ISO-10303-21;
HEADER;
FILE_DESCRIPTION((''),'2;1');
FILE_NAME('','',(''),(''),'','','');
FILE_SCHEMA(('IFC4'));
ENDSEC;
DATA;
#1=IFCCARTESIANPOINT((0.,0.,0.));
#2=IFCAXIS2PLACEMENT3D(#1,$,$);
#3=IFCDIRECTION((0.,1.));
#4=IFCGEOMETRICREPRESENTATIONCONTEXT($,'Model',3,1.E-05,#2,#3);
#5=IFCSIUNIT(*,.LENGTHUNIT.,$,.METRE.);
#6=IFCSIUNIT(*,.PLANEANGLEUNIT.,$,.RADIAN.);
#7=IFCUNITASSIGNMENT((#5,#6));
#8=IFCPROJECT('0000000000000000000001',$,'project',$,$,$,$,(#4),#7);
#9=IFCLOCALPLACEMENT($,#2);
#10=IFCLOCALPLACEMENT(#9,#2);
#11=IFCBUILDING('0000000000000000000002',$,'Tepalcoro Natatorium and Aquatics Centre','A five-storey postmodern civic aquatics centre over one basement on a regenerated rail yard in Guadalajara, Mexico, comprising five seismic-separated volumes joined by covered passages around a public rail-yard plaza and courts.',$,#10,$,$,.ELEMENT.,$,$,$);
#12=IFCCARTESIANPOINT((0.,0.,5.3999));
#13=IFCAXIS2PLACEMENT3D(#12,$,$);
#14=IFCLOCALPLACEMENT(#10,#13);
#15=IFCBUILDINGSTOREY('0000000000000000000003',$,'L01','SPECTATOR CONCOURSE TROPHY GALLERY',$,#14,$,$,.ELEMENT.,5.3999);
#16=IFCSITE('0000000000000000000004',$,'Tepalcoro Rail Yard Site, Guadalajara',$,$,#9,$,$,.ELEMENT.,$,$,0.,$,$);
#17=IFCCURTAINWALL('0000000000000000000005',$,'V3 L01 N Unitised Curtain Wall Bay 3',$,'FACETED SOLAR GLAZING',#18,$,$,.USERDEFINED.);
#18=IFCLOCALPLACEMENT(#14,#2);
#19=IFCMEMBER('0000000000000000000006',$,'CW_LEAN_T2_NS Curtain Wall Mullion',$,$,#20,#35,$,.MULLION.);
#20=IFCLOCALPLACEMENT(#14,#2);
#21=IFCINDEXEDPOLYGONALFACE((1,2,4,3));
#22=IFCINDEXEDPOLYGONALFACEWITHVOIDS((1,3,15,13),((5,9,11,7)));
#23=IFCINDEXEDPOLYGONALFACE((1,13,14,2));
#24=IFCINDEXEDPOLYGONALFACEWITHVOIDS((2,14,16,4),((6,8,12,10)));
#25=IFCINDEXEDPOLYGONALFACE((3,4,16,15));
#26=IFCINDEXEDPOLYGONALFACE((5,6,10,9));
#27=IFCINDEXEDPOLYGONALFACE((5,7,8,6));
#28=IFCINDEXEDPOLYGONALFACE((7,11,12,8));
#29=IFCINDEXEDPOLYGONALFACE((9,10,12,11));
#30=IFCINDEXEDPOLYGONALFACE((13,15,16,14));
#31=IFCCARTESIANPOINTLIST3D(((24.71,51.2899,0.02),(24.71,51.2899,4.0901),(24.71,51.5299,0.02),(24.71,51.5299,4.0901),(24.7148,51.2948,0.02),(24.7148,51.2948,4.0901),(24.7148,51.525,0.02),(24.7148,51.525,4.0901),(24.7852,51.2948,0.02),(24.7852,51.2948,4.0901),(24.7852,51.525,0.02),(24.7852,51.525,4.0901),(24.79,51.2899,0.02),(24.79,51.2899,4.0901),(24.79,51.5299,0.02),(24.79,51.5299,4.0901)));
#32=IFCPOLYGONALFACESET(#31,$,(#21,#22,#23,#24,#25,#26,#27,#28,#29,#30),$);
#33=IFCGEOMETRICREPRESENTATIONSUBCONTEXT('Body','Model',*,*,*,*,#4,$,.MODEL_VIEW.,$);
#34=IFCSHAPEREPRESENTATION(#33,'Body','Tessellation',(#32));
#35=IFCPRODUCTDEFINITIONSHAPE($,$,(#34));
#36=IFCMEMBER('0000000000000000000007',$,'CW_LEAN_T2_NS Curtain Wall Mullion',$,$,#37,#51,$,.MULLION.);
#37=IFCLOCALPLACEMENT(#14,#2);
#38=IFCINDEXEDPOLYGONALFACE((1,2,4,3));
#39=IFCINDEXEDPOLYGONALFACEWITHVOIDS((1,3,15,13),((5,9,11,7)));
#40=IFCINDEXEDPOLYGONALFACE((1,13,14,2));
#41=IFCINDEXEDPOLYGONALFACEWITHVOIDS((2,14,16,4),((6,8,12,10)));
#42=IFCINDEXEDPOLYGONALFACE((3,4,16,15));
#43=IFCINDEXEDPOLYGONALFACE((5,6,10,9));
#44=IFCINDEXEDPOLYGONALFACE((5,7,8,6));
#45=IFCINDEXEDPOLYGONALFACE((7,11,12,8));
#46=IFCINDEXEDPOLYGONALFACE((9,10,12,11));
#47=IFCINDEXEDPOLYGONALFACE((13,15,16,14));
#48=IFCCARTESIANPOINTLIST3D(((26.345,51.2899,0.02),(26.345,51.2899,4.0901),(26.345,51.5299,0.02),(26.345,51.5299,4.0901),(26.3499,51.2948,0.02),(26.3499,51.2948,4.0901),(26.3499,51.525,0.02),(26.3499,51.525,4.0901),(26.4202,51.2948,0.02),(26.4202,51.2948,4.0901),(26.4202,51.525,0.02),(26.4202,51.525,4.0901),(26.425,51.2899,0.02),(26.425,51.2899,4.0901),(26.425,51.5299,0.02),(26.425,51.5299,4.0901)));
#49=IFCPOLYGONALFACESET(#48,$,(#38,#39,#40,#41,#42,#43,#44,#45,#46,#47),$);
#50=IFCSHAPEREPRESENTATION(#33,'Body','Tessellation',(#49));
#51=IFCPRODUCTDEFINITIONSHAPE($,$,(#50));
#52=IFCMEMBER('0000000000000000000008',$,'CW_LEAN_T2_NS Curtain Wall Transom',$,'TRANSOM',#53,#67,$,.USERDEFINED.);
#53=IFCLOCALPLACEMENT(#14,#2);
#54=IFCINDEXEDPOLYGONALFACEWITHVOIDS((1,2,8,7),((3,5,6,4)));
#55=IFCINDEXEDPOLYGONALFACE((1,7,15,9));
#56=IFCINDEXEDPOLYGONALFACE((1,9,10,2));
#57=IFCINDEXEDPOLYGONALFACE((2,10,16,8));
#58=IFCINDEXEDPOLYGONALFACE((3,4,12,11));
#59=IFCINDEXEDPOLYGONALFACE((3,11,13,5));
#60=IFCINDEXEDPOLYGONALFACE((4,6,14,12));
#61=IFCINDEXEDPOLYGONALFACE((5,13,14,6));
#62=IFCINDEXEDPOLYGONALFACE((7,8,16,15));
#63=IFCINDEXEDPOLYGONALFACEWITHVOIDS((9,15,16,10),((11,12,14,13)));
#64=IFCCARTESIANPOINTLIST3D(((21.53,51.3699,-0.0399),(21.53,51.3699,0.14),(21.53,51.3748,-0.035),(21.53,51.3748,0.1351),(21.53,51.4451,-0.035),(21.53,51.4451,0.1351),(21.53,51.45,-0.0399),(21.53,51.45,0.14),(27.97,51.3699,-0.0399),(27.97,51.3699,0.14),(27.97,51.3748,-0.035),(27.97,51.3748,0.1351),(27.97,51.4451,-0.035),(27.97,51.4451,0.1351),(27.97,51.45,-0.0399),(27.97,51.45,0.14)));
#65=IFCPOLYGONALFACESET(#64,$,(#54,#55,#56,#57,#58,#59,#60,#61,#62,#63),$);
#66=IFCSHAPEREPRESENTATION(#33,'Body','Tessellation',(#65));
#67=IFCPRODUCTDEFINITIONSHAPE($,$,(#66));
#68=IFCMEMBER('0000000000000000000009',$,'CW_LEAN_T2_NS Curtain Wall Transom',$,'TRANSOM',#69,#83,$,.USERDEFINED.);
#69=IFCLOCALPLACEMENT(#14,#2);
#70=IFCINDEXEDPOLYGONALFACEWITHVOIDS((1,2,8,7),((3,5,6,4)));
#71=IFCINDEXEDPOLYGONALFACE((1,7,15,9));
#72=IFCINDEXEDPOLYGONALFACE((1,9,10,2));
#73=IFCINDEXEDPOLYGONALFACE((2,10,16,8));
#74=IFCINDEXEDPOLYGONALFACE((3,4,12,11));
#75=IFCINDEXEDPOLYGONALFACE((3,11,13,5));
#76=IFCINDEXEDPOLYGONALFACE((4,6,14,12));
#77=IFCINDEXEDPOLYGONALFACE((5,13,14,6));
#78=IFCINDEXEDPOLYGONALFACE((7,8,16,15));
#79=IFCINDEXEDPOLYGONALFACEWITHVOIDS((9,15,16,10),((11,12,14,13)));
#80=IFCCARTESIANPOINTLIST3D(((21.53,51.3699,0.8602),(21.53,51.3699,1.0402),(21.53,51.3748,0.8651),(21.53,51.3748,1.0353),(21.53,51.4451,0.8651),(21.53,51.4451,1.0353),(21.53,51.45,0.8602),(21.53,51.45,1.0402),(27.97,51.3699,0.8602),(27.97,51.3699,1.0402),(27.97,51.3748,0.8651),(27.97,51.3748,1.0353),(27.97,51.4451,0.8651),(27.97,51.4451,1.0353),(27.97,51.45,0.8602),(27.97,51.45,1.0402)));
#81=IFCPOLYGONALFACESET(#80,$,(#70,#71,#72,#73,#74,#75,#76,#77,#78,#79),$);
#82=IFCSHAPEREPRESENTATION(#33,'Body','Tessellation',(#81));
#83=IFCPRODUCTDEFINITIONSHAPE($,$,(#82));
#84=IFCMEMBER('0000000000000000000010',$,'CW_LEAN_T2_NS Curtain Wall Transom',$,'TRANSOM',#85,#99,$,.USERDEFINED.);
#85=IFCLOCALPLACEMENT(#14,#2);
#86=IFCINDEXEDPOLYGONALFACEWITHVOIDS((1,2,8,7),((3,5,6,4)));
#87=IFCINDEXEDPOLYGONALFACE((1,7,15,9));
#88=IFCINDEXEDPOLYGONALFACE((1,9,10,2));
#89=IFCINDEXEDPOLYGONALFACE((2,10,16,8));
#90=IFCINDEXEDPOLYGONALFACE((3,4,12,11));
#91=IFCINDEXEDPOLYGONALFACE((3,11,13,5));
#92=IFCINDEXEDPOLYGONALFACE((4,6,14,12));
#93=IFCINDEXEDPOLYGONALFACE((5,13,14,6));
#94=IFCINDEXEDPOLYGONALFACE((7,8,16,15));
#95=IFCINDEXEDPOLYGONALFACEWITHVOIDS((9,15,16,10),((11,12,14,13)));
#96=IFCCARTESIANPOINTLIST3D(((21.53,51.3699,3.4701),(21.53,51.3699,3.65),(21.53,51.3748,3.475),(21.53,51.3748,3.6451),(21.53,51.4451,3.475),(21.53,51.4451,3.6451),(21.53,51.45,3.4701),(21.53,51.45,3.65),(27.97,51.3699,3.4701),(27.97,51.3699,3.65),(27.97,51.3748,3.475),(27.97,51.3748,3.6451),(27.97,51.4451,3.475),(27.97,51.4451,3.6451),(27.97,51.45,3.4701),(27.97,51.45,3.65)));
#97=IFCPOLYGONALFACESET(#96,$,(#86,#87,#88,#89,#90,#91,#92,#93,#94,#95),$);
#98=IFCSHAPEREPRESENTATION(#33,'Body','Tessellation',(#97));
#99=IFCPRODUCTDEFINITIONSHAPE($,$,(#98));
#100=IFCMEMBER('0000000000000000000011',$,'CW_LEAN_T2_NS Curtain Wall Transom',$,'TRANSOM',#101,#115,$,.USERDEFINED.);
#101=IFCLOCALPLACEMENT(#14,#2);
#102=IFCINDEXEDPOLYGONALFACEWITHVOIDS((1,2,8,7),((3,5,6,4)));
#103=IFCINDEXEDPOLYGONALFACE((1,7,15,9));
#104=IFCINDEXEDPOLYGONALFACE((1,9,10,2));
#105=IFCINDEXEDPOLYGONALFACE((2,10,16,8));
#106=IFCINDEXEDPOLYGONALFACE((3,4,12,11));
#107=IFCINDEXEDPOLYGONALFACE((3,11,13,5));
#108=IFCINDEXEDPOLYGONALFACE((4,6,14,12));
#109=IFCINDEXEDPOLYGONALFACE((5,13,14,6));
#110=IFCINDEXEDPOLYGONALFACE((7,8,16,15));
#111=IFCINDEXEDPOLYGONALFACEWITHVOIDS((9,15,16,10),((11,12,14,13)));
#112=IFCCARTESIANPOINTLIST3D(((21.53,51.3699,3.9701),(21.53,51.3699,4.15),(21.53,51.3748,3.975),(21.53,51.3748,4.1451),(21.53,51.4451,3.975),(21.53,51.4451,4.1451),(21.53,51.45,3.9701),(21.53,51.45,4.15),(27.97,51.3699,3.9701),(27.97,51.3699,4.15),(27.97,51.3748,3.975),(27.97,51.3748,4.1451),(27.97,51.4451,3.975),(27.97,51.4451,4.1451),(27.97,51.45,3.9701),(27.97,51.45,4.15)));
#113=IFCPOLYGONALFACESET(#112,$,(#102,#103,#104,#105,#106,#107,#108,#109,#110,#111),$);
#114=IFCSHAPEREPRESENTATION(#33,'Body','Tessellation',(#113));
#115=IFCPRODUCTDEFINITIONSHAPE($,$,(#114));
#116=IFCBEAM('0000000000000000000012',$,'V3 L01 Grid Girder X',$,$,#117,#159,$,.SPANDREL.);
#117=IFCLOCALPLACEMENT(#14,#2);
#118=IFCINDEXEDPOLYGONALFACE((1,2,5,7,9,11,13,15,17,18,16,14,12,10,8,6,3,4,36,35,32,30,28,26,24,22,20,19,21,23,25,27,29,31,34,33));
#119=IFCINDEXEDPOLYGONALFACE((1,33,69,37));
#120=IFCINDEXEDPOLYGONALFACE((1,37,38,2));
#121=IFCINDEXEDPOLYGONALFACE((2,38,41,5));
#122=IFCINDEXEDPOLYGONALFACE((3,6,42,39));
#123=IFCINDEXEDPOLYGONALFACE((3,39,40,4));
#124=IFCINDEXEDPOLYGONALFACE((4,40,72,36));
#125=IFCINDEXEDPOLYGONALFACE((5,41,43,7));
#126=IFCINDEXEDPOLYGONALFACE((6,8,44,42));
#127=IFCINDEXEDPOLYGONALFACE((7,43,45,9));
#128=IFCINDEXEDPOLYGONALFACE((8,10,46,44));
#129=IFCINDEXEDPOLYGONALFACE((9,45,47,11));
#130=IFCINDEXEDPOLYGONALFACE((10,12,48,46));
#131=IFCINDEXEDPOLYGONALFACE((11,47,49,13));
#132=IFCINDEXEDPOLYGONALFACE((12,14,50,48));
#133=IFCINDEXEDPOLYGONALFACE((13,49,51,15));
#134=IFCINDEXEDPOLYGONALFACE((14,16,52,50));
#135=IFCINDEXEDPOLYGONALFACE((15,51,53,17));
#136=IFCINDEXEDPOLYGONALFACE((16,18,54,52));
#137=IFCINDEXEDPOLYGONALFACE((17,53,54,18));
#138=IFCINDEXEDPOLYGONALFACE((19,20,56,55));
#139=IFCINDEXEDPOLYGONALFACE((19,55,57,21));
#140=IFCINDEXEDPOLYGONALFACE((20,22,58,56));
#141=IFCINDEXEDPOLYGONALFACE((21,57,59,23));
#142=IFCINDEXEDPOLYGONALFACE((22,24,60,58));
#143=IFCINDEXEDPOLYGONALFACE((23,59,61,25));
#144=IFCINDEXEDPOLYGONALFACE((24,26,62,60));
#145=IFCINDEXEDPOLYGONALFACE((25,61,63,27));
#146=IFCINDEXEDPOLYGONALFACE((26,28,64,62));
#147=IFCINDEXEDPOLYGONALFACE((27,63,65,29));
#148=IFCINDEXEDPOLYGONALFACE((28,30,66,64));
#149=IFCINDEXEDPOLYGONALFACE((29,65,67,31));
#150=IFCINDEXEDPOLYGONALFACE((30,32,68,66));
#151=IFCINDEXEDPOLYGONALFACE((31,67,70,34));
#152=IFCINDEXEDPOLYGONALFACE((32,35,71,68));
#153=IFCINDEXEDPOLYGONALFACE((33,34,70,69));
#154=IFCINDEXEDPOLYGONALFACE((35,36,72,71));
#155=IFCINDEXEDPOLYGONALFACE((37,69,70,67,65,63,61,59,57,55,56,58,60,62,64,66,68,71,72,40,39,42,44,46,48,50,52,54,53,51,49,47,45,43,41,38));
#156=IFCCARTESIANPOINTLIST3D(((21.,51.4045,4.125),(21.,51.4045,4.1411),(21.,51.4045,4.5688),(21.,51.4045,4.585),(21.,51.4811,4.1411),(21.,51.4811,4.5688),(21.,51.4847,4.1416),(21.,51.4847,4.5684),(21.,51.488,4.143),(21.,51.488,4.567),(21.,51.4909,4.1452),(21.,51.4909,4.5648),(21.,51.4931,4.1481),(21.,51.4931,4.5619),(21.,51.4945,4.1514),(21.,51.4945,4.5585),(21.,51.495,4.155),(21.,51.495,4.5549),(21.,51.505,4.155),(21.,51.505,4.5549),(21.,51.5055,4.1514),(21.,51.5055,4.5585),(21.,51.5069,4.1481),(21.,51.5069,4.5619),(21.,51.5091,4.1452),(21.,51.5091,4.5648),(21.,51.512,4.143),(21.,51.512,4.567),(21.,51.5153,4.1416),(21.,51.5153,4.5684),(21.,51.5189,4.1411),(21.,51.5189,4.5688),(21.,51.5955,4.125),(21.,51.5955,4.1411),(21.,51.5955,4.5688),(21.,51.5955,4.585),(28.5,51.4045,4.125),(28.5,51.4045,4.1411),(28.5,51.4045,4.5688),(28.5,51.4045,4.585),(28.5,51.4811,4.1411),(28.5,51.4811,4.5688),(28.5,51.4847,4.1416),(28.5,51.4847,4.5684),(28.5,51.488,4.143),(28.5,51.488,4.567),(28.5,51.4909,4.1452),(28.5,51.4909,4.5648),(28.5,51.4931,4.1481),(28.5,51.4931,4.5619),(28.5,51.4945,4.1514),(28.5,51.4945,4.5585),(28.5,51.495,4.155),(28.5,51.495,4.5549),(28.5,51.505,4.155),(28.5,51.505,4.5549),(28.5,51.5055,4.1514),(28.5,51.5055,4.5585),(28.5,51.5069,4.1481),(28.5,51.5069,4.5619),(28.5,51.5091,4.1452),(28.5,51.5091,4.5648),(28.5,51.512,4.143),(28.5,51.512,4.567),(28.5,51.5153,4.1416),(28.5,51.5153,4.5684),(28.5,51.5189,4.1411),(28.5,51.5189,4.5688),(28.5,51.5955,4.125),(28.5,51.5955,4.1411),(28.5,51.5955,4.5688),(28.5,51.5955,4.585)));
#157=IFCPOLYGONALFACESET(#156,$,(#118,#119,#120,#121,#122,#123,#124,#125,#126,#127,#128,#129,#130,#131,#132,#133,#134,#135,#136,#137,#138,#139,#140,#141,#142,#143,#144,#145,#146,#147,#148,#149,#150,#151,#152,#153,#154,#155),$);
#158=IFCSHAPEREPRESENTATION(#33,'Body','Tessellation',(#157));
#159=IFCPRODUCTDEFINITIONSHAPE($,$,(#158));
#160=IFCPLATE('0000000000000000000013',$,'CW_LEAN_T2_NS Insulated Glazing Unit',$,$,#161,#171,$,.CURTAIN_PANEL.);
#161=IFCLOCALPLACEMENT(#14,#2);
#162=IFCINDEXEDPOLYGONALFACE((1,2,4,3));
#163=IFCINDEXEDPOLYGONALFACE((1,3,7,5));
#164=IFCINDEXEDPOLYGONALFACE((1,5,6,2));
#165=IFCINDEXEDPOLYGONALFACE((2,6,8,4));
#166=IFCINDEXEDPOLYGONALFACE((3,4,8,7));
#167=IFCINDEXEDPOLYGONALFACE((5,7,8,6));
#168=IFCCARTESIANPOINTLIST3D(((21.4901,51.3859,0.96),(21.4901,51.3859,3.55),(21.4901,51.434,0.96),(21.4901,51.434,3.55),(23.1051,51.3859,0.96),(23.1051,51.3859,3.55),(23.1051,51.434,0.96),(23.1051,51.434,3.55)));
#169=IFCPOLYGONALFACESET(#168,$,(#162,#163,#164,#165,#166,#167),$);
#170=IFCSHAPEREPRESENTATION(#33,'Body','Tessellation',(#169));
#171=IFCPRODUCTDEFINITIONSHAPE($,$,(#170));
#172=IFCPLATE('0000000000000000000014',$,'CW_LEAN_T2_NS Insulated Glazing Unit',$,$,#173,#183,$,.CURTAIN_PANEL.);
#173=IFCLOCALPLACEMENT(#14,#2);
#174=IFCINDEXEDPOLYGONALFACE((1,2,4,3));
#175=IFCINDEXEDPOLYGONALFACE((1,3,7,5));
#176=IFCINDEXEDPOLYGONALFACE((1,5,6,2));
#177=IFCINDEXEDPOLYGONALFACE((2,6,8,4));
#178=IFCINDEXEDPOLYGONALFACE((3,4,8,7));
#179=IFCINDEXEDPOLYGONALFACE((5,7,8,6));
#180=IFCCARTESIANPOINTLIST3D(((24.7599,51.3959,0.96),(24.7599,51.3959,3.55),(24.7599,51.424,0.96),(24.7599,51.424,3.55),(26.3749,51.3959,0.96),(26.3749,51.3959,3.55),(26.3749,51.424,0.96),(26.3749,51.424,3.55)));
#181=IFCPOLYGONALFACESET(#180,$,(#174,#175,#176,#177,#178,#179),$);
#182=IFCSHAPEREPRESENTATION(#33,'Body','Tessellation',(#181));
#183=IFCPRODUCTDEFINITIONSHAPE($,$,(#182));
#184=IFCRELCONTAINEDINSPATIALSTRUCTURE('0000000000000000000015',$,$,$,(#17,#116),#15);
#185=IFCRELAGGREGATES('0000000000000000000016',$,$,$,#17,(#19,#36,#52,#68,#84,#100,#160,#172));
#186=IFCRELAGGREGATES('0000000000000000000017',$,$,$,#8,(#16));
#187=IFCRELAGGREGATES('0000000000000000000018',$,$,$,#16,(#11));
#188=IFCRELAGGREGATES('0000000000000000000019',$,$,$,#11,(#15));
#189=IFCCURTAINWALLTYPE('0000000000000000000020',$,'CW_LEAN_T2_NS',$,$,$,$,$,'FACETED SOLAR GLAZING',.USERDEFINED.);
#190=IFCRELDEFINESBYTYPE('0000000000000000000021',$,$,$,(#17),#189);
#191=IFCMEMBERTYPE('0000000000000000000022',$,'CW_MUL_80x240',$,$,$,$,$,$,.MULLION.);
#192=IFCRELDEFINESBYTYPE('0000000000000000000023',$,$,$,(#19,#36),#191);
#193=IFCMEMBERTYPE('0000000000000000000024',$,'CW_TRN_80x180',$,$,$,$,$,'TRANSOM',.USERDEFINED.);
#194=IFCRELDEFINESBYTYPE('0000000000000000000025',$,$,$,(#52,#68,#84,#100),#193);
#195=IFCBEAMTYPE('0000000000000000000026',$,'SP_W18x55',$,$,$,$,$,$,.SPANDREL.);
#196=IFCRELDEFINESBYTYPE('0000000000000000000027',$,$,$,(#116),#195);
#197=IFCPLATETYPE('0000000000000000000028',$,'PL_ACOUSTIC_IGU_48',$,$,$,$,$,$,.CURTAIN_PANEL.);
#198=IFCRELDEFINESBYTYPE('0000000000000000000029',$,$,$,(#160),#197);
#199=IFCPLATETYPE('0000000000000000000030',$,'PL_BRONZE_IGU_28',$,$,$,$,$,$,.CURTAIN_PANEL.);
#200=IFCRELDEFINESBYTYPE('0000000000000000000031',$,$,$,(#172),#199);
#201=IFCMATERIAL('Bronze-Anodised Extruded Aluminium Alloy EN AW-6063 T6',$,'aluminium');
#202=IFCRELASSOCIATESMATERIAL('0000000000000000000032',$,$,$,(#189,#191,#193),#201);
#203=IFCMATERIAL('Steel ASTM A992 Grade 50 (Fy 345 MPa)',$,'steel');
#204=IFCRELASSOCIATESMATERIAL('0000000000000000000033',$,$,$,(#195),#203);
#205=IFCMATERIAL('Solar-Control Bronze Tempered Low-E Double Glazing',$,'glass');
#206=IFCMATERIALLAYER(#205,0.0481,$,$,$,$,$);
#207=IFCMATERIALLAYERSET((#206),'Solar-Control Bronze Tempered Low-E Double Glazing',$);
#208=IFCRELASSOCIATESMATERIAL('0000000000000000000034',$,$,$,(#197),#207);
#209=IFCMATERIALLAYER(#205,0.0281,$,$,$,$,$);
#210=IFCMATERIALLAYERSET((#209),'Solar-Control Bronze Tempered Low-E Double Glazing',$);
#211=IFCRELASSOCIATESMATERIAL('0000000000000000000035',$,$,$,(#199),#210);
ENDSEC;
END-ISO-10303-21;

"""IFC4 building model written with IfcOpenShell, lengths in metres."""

from ifc_helpers import new_model, si_unit, direction, frame, origin, origin_2d, place, context, subcontext, project, spatial, rectangle, hollow_rectangle, i_section, extrude, material, layer, layer_set, material_profile, profile_set, type_object, element, aggregate, save


model = new_model("IFC4")

# Units and contexts
model_context = context("Model", 3, precision=1e-05, world=origin(), true_north=direction((0.0, 1.0)))
body_context = subcontext(model_context, "Body", "Model", "MODEL_VIEW")
ifc_project = project(units=[si_unit("LENGTHUNIT", "METRE"), si_unit("PLANEANGLEUNIT", "RADIAN")], contexts=[model_context])

# Site, building, storey
site_placement = place(None, origin())
site = spatial("IfcSite", under=ifc_project, at=site_placement, Name="Tepalcoro Rail Yard Site, Guadalajara", CompositionType="ELEMENT", RefElevation=0.0)
building_placement = place(site_placement, origin())
building = spatial("IfcBuilding", under=site, at=building_placement, Name="Tepalcoro Natatorium and Aquatics Centre", Description="A five-storey postmodern civic aquatics centre over one basement on a regenerated rail yard in Guadalajara, Mexico, comprising five seismic-separated volumes joined by covered passages around a public rail-yard plaza and courts.", CompositionType="ELEMENT")
storey_placement = place(building_placement, frame((0.0, 0.0, 5.3999)))
storey = spatial("IfcBuildingStorey", under=building, at=storey_placement, Name="L01", Description="SPECTATOR CONCOURSE TROPHY GALLERY", CompositionType="ELEMENT", Elevation=5.3999)

# Shared definitions
ifc_material_1 = material(Name="Steel ASTM A992 Grade 50 (Fy 345 MPa)", Category="steel")

# Shared definitions
ifc_material_2 = material(Name="Bronze-Anodised Extruded Aluminium Alloy EN AW-6063 T6", Category="aluminium")

# Curtain wall, members
curtain_wall_type_1 = type_object("IfcCurtainWallType", Name="CW_LEAN_T2_NS", ElementType="FACETED SOLAR GLAZING", PredefinedType="USERDEFINED", material=ifc_material_2)
curtain_wall_1_placement = place(storey_placement, origin())
curtain_wall_1 = element("IfcCurtainWall", 1, at=curtain_wall_1_placement, inside=storey, type_object=curtain_wall_type_1, Name="V3 L01 N Unitised Curtain Wall Bay 3", ObjectType="FACETED SOLAR GLAZING", PredefinedType="USERDEFINED")
ifc_material_profile_1 = material_profile(ifc_material_2, hollow_rectangle(XDim=0.0801, YDim=0.24, WallThickness=0.0049, at=origin_2d()), Name="AL80X240X5")
ifc_profile_set_1 = profile_set([ifc_material_profile_1], Name="Bronze-Anodised Extruded Aluminium Alloy EN AW-6063 T6")
member_type_1 = type_object("IfcMemberType", Name="CW_MUL_80x240", PredefinedType="MULLION", material=ifc_profile_set_1)
member_1_placement = place(storey_placement, frame((24.75, 51.4099, 0.02), z_axis=(0.0, 0.0, 1.0), x_axis=(1.0, 0.0, 0.0)))
member_1 = element("IfcMember", 2, at=member_1_placement, type_object=member_type_1, Name="CW_LEAN_T2_NS Curtain Wall Mullion", PredefinedType="MULLION", context=body_context, shape_type="SweptSolid", body=[
    extrude(hollow_rectangle(XDim=0.0801, YDim=0.24, WallThickness=0.0049, at=origin_2d()), origin(), (0.0, 0.0, 1.0), 4.0701),
])
member_2_placement = place(storey_placement, frame((26.385, 51.4099, 0.02), z_axis=(0.0, 0.0, 1.0), x_axis=(1.0, 0.0, 0.0)))
member_2 = element("IfcMember", 3, at=member_2_placement, type_object=member_type_1, Name="CW_LEAN_T2_NS Curtain Wall Mullion", PredefinedType="MULLION", context=body_context, shape_type="SweptSolid", body=[
    extrude(hollow_rectangle(XDim=0.0801, YDim=0.24, WallThickness=0.0049, at=origin_2d()), origin(), (0.0, 0.0, 1.0), 4.0701),
])
ifc_material_profile_2 = material_profile(ifc_material_2, hollow_rectangle(XDim=0.0801, YDim=0.1799, WallThickness=0.0049, at=origin_2d()), Name="AL80X180X5")
ifc_profile_set_2 = profile_set([ifc_material_profile_2], Name="Bronze-Anodised Extruded Aluminium Alloy EN AW-6063 T6")
member_type_2 = type_object("IfcMemberType", Name="CW_TRN_80x180", ElementType="TRANSOM", PredefinedType="USERDEFINED", material=ifc_profile_set_2)
member_3_placement = place(storey_placement, frame((21.53, 51.4099, 0.05), z_axis=(1.0, 0.0, 0.0), x_axis=(0.0, 1.0, 0.0)))
member_3 = element("IfcMember", 4, at=member_3_placement, type_object=member_type_2, Name="CW_LEAN_T2_NS Curtain Wall Transom", ObjectType="TRANSOM", PredefinedType="USERDEFINED", context=body_context, shape_type="SweptSolid", body=[
    extrude(hollow_rectangle(XDim=0.0801, YDim=0.1799, WallThickness=0.0049, at=origin_2d()), origin(), (0.0, 0.0, 1.0), 6.4399),
])
member_4_placement = place(storey_placement, frame((21.53, 51.4099, 0.9502), z_axis=(1.0, 0.0, 0.0), x_axis=(0.0, 1.0, 0.0)))
member_4 = element("IfcMember", 5, at=member_4_placement, type_object=member_type_2, Name="CW_LEAN_T2_NS Curtain Wall Transom", ObjectType="TRANSOM", PredefinedType="USERDEFINED", context=body_context, shape_type="SweptSolid", body=[
    extrude(hollow_rectangle(XDim=0.0801, YDim=0.1799, WallThickness=0.0049, at=origin_2d()), origin(), (0.0, 0.0, 1.0), 6.4399),
])
member_5_placement = place(storey_placement, frame((21.53, 51.4099, 3.5601), z_axis=(1.0, 0.0, 0.0), x_axis=(0.0, 1.0, 0.0)))
member_5 = element("IfcMember", 6, at=member_5_placement, type_object=member_type_2, Name="CW_LEAN_T2_NS Curtain Wall Transom", ObjectType="TRANSOM", PredefinedType="USERDEFINED", context=body_context, shape_type="SweptSolid", body=[
    extrude(hollow_rectangle(XDim=0.0801, YDim=0.1799, WallThickness=0.0049, at=origin_2d()), origin(), (0.0, 0.0, 1.0), 6.4399),
])
member_6_placement = place(storey_placement, frame((21.53, 51.4099, 4.0601), z_axis=(1.0, 0.0, 0.0), x_axis=(0.0, 1.0, 0.0)))
member_6 = element("IfcMember", 7, at=member_6_placement, type_object=member_type_2, Name="CW_LEAN_T2_NS Curtain Wall Transom", ObjectType="TRANSOM", PredefinedType="USERDEFINED", context=body_context, shape_type="SweptSolid", body=[
    extrude(hollow_rectangle(XDim=0.0801, YDim=0.1799, WallThickness=0.0049, at=origin_2d()), origin(), (0.0, 0.0, 1.0), 6.4399),
])

# Beam
ifc_material_profile_3 = material_profile(ifc_material_1, i_section(OverallWidth=0.1909, OverallDepth=0.46, WebThickness=0.01, FlangeThickness=0.0161, FilletRadius=0.0139, at=origin_2d()), Name="W18X55")
ifc_profile_set_3 = profile_set([ifc_material_profile_3], Name="Steel ASTM A992 Grade 50 (Fy 345 MPa)")
beam_type = type_object("IfcBeamType", Name="SP_W18x55", PredefinedType="SPANDREL", material=ifc_profile_set_3)
beam_placement = place(storey_placement, frame((21.0, 51.5, 4.355), z_axis=(1.0, 0.0, 0.0), x_axis=(0.0, 1.0, 0.0)))
element("IfcBeam", 8, at=beam_placement, inside=storey, type_object=beam_type, Name="V3 L01 Grid Girder X", PredefinedType="SPANDREL", context=body_context, shape_type="SweptSolid", body=[
    extrude(i_section(OverallWidth=0.1909, OverallDepth=0.46, WebThickness=0.01, FlangeThickness=0.0161, FilletRadius=0.0139, at=origin_2d()), origin(), (0.0, 0.0, 1.0), 7.5),
])

# Plates
ifc_material_3 = material(Name="Solar-Control Bronze Tempered Low-E Double Glazing", Category="glass")
ifc_layer_1 = layer(ifc_material_3, 0.0481)
ifc_layer_set_1 = layer_set([ifc_layer_1], Name="Solar-Control Bronze Tempered Low-E Double Glazing")
plate_type_1 = type_object("IfcPlateType", Name="PL_ACOUSTIC_IGU_48", PredefinedType="CURTAIN_PANEL", material=ifc_layer_set_1)
plate_1_placement = place(storey_placement, frame((22.2976, 51.4099, 0.96), z_axis=(0.0, 0.0, 1.0), x_axis=(1.0, 0.0, 0.0)))
plate_1 = element("IfcPlate", 9, at=plate_1_placement, type_object=plate_type_1, Name="CW_LEAN_T2_NS Insulated Glazing Unit", PredefinedType="CURTAIN_PANEL", context=body_context, shape_type="SweptSolid", body=[
    extrude(rectangle(XDim=1.615, YDim=0.0481, at=origin_2d()), origin(), (0.0, 0.0, 1.0), 2.5901),
])
ifc_layer_2 = layer(ifc_material_3, 0.0281)
ifc_layer_set_2 = layer_set([ifc_layer_2], Name="Solar-Control Bronze Tempered Low-E Double Glazing")
plate_type_2 = type_object("IfcPlateType", Name="PL_BRONZE_IGU_28", PredefinedType="CURTAIN_PANEL", material=ifc_layer_set_2)
plate_2_placement = place(storey_placement, frame((25.5674, 51.4099, 0.96), z_axis=(0.0, 0.0, 1.0), x_axis=(1.0, 0.0, 0.0)))
plate_2 = element("IfcPlate", 10, at=plate_2_placement, type_object=plate_type_2, Name="CW_LEAN_T2_NS Insulated Glazing Unit", PredefinedType="CURTAIN_PANEL", context=body_context, shape_type="SweptSolid", body=[
    extrude(rectangle(XDim=1.615, YDim=0.0281, at=origin_2d()), origin(), (0.0, 0.0, 1.0), 2.5901),
])
aggregate(curtain_wall_1, [member_1, member_2, member_3, member_4, member_5, member_6, plate_1, plate_2])

save(model, "model.ifc")
